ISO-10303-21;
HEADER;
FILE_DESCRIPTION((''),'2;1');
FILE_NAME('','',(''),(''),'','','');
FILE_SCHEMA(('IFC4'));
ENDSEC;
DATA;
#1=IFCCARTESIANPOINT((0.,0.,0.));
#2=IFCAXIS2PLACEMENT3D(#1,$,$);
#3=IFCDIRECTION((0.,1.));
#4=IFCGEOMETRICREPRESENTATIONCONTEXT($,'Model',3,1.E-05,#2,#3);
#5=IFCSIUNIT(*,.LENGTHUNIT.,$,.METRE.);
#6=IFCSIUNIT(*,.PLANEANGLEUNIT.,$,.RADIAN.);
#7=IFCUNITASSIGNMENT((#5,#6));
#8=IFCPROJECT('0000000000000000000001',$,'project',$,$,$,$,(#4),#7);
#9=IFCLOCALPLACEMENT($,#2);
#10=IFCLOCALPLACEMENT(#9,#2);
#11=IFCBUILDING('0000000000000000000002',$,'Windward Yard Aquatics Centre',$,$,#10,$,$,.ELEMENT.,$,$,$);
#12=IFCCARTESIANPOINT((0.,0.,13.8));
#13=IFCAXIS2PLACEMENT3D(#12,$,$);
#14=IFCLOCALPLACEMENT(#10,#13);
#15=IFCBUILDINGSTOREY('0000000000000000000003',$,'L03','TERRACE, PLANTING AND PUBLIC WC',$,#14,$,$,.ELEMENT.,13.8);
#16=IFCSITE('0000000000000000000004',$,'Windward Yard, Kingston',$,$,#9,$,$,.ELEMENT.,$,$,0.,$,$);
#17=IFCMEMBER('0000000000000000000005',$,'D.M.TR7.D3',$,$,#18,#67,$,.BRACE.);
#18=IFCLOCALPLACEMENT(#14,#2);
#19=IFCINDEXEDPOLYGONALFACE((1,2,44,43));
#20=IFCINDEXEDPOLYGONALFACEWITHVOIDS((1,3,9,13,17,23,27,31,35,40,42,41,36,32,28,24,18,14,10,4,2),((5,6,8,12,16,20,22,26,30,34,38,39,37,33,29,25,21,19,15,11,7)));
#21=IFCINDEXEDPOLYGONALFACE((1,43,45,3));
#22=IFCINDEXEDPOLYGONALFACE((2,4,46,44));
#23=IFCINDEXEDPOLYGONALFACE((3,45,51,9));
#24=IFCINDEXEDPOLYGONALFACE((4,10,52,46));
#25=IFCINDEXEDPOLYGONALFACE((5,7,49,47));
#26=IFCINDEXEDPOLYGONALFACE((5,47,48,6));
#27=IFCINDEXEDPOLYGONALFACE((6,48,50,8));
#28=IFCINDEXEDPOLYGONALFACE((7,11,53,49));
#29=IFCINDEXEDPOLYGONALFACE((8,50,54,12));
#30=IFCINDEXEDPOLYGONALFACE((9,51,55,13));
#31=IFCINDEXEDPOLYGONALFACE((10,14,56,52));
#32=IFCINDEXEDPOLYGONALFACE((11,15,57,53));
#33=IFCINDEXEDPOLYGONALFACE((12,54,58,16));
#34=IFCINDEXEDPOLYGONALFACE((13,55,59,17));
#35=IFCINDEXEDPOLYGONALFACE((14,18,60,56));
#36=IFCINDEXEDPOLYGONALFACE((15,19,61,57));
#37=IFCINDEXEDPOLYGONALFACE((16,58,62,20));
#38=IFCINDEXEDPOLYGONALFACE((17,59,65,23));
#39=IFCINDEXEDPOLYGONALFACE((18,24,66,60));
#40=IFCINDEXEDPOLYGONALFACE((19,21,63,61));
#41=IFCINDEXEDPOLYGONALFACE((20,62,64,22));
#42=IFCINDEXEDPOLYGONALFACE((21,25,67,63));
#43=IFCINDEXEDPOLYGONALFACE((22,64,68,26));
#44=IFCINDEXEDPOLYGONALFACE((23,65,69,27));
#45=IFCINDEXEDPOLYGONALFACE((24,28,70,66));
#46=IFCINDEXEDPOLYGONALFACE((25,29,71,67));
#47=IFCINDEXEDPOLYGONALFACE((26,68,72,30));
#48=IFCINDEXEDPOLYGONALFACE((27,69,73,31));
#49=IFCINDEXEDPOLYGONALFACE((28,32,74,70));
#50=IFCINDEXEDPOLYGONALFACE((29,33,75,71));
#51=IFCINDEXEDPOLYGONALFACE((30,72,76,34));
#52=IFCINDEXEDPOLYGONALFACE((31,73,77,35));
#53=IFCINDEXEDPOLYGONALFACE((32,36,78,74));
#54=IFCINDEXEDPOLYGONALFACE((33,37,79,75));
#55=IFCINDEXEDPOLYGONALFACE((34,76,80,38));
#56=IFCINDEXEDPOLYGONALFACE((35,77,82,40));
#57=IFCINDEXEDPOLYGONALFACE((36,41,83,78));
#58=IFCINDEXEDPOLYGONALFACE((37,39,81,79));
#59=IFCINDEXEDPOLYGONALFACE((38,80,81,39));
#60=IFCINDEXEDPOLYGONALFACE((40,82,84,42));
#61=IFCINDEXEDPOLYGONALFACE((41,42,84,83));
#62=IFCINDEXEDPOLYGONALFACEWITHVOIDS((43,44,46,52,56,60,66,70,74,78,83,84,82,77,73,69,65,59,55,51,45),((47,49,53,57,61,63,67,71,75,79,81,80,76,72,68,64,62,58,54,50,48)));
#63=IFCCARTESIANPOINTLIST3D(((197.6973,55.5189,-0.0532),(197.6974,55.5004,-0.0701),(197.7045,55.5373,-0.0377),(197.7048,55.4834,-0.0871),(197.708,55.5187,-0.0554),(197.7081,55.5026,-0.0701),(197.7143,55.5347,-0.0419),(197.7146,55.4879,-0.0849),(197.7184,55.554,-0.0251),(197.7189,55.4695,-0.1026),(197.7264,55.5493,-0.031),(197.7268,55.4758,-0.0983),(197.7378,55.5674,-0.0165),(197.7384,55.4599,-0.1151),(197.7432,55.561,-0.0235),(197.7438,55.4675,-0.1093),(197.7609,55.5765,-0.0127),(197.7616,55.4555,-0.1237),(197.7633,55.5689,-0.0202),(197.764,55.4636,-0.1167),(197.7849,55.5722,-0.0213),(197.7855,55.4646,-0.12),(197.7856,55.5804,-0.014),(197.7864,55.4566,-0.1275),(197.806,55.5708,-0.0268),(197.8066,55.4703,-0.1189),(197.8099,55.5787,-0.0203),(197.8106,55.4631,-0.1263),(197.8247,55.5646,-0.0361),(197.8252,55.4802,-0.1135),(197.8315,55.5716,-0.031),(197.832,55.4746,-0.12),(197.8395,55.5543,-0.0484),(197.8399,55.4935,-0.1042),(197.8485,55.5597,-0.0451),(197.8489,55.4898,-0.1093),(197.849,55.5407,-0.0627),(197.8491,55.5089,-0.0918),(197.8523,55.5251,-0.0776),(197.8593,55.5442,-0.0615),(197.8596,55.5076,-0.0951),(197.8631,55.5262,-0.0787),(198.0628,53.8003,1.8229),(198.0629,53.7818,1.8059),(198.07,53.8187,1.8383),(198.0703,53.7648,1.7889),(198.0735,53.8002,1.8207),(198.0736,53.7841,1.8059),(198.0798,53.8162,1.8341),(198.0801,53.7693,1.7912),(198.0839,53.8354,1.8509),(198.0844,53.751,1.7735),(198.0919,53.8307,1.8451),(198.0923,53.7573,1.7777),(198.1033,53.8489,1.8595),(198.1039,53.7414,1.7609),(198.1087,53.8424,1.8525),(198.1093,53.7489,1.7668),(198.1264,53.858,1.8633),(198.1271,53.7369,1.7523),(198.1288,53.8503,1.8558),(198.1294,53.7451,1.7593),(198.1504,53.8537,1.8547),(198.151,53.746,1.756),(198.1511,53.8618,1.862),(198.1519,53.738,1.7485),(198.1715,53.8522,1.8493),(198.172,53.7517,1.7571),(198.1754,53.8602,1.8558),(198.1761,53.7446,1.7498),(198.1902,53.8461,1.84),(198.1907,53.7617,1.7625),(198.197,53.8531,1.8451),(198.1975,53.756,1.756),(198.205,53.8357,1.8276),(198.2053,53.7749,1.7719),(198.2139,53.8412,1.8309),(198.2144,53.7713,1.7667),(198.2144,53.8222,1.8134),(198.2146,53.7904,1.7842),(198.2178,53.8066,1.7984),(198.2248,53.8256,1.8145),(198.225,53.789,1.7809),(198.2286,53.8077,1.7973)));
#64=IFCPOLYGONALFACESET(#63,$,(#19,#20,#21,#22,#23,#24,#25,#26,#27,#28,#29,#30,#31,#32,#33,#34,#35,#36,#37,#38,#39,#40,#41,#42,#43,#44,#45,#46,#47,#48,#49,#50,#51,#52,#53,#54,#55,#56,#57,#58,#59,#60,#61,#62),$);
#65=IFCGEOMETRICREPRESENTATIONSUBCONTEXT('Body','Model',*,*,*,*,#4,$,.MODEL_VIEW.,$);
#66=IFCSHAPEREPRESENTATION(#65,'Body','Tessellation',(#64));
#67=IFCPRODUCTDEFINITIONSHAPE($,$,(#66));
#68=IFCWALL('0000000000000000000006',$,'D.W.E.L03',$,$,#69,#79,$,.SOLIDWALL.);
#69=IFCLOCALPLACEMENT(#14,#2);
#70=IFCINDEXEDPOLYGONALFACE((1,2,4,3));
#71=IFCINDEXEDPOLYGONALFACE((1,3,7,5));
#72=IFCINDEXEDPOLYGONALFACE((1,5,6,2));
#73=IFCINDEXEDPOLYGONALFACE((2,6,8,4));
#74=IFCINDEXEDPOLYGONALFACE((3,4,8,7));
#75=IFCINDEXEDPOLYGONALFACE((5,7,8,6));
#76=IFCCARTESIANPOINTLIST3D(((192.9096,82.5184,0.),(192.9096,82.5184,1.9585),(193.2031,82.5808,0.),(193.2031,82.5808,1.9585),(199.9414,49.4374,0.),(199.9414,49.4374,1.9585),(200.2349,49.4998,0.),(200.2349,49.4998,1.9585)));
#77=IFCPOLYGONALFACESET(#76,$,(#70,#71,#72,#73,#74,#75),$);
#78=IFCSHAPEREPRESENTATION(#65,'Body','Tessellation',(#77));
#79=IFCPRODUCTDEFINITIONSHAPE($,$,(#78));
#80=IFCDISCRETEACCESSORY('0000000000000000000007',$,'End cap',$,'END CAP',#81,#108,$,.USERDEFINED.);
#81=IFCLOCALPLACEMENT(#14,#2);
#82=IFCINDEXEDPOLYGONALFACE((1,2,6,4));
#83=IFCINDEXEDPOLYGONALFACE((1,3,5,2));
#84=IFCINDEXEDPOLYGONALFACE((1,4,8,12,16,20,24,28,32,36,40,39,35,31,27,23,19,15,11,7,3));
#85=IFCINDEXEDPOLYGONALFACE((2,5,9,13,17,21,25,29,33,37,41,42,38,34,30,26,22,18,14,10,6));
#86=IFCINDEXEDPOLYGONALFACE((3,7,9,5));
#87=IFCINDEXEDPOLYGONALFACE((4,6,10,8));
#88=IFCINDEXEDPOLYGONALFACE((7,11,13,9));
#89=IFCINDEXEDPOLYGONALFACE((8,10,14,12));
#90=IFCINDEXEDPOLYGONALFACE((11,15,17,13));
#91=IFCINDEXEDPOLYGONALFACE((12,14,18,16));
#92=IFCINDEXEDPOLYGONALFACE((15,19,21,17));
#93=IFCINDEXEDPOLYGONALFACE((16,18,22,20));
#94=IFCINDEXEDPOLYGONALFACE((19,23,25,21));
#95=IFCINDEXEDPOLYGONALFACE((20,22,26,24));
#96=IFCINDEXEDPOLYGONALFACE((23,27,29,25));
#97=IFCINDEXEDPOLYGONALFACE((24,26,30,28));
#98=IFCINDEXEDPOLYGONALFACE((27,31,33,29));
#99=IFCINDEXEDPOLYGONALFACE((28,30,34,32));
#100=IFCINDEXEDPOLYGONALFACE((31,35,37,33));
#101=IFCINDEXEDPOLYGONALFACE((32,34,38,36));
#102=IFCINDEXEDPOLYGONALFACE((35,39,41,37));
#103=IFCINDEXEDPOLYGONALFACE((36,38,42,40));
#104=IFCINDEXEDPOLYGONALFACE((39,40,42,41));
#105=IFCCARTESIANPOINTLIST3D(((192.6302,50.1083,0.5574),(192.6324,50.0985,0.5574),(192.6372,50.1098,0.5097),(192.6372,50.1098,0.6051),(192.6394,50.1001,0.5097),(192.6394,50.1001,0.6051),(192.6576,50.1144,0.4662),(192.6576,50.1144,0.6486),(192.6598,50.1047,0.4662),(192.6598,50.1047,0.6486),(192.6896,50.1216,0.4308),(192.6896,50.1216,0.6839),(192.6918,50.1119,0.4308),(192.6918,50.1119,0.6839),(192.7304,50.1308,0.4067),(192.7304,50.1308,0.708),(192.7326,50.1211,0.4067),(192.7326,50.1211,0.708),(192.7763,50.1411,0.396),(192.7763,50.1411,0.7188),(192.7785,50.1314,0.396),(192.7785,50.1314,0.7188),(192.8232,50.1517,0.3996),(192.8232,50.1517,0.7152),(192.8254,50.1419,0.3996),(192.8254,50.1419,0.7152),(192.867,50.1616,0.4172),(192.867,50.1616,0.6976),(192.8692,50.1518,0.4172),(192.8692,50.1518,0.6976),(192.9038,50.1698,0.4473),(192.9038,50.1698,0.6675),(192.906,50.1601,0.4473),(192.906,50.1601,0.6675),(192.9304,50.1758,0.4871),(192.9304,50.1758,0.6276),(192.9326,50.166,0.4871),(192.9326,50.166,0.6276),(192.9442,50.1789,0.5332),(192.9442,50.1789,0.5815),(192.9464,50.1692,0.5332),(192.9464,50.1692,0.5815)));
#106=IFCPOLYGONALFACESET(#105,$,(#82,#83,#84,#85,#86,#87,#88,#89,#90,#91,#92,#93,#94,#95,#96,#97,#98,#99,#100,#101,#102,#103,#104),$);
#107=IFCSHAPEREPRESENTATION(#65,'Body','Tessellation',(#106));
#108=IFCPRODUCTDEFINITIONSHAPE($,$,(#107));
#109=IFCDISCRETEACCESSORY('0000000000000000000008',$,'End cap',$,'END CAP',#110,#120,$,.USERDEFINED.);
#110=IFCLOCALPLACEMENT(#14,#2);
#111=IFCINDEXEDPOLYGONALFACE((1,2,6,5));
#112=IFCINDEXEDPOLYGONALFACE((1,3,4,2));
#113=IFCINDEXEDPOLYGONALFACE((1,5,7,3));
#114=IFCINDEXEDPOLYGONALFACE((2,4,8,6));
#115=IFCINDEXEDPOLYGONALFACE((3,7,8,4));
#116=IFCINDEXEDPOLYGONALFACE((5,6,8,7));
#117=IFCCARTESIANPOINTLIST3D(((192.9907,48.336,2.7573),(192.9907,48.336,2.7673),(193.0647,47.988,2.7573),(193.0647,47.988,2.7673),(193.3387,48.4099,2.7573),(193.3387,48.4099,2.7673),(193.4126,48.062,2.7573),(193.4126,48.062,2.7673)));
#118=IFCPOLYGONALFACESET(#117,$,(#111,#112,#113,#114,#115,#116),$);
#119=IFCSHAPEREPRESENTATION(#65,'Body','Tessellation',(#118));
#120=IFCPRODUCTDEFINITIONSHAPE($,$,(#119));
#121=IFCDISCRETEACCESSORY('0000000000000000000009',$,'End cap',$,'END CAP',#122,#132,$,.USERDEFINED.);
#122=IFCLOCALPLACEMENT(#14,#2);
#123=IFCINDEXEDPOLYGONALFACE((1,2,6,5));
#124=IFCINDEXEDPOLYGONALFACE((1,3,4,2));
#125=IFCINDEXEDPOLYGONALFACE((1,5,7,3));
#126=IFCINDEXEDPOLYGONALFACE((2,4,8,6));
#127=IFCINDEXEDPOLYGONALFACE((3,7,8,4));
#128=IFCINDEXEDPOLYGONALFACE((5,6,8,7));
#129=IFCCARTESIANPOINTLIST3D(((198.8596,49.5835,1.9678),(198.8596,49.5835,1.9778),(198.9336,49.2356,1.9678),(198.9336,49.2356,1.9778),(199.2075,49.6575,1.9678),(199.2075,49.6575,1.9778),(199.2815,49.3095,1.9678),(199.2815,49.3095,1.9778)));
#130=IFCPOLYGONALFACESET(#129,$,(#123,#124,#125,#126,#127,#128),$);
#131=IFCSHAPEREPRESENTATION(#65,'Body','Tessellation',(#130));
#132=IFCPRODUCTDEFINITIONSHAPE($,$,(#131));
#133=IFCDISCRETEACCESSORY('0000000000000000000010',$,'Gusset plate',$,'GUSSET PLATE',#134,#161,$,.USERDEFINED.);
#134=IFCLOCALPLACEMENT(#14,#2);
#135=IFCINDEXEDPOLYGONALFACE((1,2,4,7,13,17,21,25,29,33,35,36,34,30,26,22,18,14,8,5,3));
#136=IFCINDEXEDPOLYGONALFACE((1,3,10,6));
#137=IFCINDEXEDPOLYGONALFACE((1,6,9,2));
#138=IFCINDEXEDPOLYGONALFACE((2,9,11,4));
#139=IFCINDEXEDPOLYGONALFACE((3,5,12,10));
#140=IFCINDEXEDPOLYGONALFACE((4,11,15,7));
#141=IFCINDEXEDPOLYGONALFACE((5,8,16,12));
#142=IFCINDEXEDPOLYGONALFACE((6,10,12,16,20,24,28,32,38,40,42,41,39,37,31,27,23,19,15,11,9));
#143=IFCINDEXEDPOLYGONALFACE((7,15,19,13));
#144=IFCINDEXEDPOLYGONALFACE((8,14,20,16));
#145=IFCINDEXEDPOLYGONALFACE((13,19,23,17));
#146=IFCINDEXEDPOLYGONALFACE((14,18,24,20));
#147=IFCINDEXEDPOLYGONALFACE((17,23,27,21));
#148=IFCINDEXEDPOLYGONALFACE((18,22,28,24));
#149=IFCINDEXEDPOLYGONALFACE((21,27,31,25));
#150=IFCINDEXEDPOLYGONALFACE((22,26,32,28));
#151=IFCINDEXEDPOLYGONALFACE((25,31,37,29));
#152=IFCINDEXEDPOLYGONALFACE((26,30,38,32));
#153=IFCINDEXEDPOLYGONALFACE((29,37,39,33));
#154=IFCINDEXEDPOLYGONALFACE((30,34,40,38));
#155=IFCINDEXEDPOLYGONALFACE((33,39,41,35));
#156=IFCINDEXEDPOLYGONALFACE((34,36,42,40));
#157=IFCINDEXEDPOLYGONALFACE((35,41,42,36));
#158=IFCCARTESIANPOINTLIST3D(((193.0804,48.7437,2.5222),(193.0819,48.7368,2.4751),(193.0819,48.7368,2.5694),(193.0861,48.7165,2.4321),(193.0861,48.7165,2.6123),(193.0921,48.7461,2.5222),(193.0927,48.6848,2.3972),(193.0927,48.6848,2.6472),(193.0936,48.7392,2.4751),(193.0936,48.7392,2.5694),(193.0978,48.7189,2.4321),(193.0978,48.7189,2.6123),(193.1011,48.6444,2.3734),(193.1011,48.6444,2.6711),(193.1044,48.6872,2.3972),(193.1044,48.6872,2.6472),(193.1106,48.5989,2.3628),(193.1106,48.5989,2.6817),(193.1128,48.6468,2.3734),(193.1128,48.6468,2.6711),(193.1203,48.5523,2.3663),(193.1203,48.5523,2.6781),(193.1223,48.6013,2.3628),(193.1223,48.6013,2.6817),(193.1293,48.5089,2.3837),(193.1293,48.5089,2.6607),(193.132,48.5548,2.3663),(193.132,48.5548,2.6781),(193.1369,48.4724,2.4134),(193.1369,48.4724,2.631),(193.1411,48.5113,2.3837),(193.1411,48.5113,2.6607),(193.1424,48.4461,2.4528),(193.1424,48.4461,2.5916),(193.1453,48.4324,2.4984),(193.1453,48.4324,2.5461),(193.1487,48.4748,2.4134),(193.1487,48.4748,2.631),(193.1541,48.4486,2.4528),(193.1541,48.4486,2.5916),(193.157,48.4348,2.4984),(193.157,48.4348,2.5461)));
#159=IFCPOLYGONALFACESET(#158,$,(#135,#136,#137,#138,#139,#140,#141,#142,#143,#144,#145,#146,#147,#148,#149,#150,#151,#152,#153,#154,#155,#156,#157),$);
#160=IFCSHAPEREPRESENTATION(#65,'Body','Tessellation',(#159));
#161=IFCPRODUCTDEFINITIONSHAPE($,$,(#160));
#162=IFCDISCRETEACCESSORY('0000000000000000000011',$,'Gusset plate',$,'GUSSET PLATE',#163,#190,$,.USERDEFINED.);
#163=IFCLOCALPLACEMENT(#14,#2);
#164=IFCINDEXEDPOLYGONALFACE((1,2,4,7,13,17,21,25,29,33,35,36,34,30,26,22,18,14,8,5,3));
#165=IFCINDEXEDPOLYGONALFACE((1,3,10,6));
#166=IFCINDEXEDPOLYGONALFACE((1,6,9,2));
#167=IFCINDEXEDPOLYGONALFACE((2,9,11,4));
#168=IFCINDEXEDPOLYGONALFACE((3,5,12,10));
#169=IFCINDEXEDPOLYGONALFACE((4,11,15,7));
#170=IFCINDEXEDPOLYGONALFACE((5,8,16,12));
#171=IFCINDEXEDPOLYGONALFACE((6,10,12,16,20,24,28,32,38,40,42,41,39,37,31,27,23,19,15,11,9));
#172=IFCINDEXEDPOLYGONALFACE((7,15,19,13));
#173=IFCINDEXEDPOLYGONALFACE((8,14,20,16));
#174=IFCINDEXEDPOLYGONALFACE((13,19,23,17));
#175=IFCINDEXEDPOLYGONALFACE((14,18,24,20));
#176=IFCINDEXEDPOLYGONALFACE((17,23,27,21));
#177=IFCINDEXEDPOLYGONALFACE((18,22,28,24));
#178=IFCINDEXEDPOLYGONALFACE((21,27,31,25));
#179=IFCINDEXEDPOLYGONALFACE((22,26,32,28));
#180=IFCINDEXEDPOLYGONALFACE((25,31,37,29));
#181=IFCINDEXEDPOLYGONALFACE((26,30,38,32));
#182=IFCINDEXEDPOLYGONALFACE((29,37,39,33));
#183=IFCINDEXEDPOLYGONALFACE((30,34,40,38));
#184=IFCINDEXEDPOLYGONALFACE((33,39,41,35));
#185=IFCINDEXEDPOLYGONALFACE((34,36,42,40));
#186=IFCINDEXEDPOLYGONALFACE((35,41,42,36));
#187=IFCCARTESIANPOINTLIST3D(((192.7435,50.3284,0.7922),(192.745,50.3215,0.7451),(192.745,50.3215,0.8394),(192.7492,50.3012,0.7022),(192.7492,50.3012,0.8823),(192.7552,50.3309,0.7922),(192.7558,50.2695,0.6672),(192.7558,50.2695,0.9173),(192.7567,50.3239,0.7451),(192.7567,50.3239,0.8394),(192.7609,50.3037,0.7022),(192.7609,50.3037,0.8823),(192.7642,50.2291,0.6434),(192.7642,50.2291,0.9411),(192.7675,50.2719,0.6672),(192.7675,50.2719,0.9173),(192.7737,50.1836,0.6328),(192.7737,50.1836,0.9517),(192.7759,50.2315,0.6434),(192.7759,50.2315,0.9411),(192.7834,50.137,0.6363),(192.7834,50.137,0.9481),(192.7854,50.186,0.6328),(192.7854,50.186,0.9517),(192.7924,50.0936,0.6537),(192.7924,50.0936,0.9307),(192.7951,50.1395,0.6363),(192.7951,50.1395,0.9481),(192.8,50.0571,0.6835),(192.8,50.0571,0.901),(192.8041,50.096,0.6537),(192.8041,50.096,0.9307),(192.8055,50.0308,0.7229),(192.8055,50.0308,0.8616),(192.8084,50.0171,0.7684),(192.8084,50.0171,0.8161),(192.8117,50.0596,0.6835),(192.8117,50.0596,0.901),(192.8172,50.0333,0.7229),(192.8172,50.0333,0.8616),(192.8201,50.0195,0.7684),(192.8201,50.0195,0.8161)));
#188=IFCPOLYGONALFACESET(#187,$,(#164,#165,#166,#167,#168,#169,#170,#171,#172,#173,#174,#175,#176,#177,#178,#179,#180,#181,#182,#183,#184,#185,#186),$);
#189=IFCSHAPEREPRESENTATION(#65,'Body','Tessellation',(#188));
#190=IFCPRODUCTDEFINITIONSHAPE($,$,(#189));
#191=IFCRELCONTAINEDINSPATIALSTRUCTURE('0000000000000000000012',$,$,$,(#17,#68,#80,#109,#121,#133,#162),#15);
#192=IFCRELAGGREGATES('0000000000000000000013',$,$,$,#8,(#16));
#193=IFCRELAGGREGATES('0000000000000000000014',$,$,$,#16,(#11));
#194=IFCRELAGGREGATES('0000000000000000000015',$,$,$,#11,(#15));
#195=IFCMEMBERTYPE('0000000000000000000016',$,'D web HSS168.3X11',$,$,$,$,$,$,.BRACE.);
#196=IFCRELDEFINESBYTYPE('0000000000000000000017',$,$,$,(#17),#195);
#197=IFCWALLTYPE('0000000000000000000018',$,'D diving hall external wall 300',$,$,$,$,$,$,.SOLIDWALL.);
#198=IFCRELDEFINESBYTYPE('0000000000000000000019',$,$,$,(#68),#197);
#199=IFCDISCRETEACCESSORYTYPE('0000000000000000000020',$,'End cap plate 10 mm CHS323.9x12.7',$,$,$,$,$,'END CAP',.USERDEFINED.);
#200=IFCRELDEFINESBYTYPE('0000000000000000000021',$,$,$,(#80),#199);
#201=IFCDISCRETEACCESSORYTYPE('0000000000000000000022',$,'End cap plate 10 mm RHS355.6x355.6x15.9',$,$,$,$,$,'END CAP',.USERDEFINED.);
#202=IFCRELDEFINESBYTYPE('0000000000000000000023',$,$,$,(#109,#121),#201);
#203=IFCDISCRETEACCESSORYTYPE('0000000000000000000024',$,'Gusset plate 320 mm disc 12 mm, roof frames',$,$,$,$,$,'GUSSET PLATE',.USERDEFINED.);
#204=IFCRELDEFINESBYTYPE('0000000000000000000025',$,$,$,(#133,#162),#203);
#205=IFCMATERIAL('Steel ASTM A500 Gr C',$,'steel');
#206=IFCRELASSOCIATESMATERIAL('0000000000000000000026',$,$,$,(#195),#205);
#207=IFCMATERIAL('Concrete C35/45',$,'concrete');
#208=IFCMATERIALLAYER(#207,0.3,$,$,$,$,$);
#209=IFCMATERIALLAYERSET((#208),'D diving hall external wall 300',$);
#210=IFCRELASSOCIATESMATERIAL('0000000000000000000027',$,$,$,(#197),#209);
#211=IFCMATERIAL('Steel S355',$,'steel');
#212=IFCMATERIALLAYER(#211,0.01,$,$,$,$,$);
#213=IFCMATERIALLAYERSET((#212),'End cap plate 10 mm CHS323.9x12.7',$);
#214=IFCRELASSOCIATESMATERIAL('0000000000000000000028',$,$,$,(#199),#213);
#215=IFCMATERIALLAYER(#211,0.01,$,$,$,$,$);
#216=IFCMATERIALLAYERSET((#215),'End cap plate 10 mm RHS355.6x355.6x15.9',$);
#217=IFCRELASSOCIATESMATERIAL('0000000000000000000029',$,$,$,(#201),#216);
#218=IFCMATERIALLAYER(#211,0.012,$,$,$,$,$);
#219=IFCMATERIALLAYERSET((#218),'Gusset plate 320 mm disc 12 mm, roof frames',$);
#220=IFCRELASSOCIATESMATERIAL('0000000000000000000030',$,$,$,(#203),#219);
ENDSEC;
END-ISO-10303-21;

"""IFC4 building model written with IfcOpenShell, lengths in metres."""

from ifc_helpers import new_model, si_unit, direction, frame, frame_2d, origin, origin_2d, place, context, subcontext, project, spatial, rectangle, circle, hollow_circle, extrude, material, layer, layer_set, material_profile, profile_set, type_object, element, save


model = new_model("IFC4")

# Units and contexts
model_context = context("Model", 3, precision=1e-05, world=origin(), true_north=direction((0.0, 1.0)))
body_context = subcontext(model_context, "Body", "Model", "MODEL_VIEW")
ifc_project = project(units=[si_unit("LENGTHUNIT", "METRE"), si_unit("PLANEANGLEUNIT", "RADIAN")], contexts=[model_context])

# Site, building, storey
site_placement = place(None, origin())
site = spatial("IfcSite", under=ifc_project, at=site_placement, Name="Windward Yard, Kingston", CompositionType="ELEMENT", RefElevation=0.0)
building_placement = place(site_placement, origin())
building = spatial("IfcBuilding", under=site, at=building_placement, Name="Windward Yard Aquatics Centre", CompositionType="ELEMENT")
storey_placement = place(building_placement, frame((0.0, 0.0, 13.8)))
storey = spatial("IfcBuildingStorey", under=building, at=storey_placement, Name="L03", Description="TERRACE, PLANTING AND PUBLIC WC", CompositionType="ELEMENT", Elevation=13.8)

# Shared definitions
ifc_material_1 = material(Name="Steel ASTM A500 Gr C", Category="steel")

# Member
ifc_material_profile_1 = material_profile(ifc_material_1, hollow_circle(Radius=0.0842, WallThickness=0.011, at=origin_2d()), Name="HSS168.3X11")
ifc_profile_set_1 = profile_set([ifc_material_profile_1], Name="Steel ASTM A500 Gr C")
member_type_1 = type_object("IfcMemberType", Name="D web HSS168.3X11", PredefinedType="BRACE", material=ifc_profile_set_1)
for number, where, z_axis, x_axis, name in (
    (1, (198.1453, 53.7993, 1.8059), (-0.142196, 0.668617, -0.729884), (-0.978125, -0.20802, 0.0), "D.M.TR7.D3"),
):
    element("IfcMember", number, at=place(storey_placement, frame(where, z_axis=z_axis, x_axis=x_axis)), inside=storey, type_object=member_type_1, Name=name, PredefinedType="BRACE", context=body_context, shape_type="SweptSolid", body=[
        extrude(hollow_circle(Radius=0.0842, WallThickness=0.011, at=origin_2d()), origin(), (0.0, 0.0, 1.0), 2.5703),
    ])

# Wall
ifc_material_2 = material(Name="Concrete C35/45", Category="concrete")
ifc_layer_1 = layer(ifc_material_2, 0.3)
ifc_layer_set_1 = layer_set([ifc_layer_1], Name="D diving hall external wall 300")
wall_type = type_object("IfcWallType", Name="D diving hall external wall 300", PredefinedType="SOLIDWALL", material=ifc_layer_set_1)
wall_placement = place(storey_placement, frame((200.0881, 49.4685, 0.0), z_axis=(0.0, 0.0, 1.0), x_axis=(-0.207916, 0.978147, 0.0)))
element("IfcWall", 2, at=wall_placement, inside=storey, type_object=wall_type, Name="D.W.E.L03", PredefinedType="SOLIDWALL", context=body_context, shape_type="SweptSolid", body=[
    extrude(rectangle(XDim=33.8201, YDim=0.3, at=frame_2d((16.9102, 0.0))), origin(), (0.0, 0.0, 1.0), 1.9585),
])

# Discrete accessories
ifc_material_3 = material(Name="Steel S355", Category="steel")
ifc_layer_2 = layer(ifc_material_3, 0.01)
ifc_layer_set_2 = layer_set([ifc_layer_2], Name="End cap plate 10 mm CHS323.9x12.7")
discrete_accessory_type_1 = type_object("IfcDiscreteAccessoryType", Name="End cap plate 10 mm CHS323.9x12.7", ElementType="END CAP", PredefinedType="USERDEFINED", material=ifc_layer_set_2)
discrete_accessory_1_placement = place(storey_placement, frame((192.7903, 50.134, 0.5574), z_axis=(-0.219512, 0.97561, 0.0), x_axis=(-0.97561, -0.219512, 0.0)))
element("IfcDiscreteAccessory", 3, at=discrete_accessory_1_placement, inside=storey, type_object=discrete_accessory_type_1, Name="End cap", ObjectType="END CAP", PredefinedType="USERDEFINED", context=body_context, shape_type="SweptSolid", body=[
    extrude(circle(Radius=0.1619, at=origin_2d()), origin(), (0.0, 0.0, 1.0), 0.01),
])
ifc_layer_3 = layer(ifc_material_3, 0.01)
ifc_layer_set_3 = layer_set([ifc_layer_3], Name="End cap plate 10 mm RHS355.6x355.6x15.9")
discrete_accessory_type_2 = type_object("IfcDiscreteAccessoryType", Name="End cap plate 10 mm RHS355.6x355.6x15.9", ElementType="END CAP", PredefinedType="USERDEFINED", material=ifc_layer_set_3)
for number, where, z_axis, x_axis, name in (
    (4, (193.2017, 48.199, 2.7573), (0.0, 0.0, 1.0), (0.978148, 0.207912, 0.0), "End cap"),
    (5, (199.0706, 49.4465, 1.9678), (0.0, 0.0, 1.0), (0.978148, 0.207912, 0.0), "End cap"),
):
    element("IfcDiscreteAccessory", number, at=place(storey_placement, frame(where, z_axis=z_axis, x_axis=x_axis)), inside=storey, type_object=discrete_accessory_type_2, Name=name, ObjectType="END CAP", PredefinedType="USERDEFINED", context=body_context, shape_type="SweptSolid", body=[
        extrude(rectangle(XDim=0.3557, YDim=0.3557, at=origin_2d()), origin(), (0.0, 0.0, 1.0), 0.01),
    ])
ifc_layer_4 = layer(ifc_material_3, 0.012)
ifc_layer_set_4 = layer_set([ifc_layer_4], Name="Gusset plate 320 mm disc 12 mm, roof frames")
discrete_accessory_type_3 = type_object("IfcDiscreteAccessoryType", Name="Gusset plate 320 mm disc 12 mm, roof frames", ElementType="GUSSET PLATE", PredefinedType="USERDEFINED", material=ifc_layer_set_4)
for number, where, z_axis, x_axis, name in (
    (6, (193.113, 48.5872, 2.5222), (0.97898, 0.203954, 0.0), (-0.203954, 0.97898, 0.0), "Gusset plate"),
    (7, (192.7761, 50.1719, 0.7922), (0.97898, 0.203954, 0.0), (-0.203954, 0.97898, 0.0), "Gusset plate"),
):
    element("IfcDiscreteAccessory", number, at=place(storey_placement, frame(where, z_axis=z_axis, x_axis=x_axis)), inside=storey, type_object=discrete_accessory_type_3, Name=name, ObjectType="GUSSET PLATE", PredefinedType="USERDEFINED", context=body_context, shape_type="SweptSolid", body=[
        extrude(circle(Radius=0.1599, at=origin_2d()), origin(), (0.0, 0.0, 1.0), 0.012),
    ])

save(model, "model.ifc")
